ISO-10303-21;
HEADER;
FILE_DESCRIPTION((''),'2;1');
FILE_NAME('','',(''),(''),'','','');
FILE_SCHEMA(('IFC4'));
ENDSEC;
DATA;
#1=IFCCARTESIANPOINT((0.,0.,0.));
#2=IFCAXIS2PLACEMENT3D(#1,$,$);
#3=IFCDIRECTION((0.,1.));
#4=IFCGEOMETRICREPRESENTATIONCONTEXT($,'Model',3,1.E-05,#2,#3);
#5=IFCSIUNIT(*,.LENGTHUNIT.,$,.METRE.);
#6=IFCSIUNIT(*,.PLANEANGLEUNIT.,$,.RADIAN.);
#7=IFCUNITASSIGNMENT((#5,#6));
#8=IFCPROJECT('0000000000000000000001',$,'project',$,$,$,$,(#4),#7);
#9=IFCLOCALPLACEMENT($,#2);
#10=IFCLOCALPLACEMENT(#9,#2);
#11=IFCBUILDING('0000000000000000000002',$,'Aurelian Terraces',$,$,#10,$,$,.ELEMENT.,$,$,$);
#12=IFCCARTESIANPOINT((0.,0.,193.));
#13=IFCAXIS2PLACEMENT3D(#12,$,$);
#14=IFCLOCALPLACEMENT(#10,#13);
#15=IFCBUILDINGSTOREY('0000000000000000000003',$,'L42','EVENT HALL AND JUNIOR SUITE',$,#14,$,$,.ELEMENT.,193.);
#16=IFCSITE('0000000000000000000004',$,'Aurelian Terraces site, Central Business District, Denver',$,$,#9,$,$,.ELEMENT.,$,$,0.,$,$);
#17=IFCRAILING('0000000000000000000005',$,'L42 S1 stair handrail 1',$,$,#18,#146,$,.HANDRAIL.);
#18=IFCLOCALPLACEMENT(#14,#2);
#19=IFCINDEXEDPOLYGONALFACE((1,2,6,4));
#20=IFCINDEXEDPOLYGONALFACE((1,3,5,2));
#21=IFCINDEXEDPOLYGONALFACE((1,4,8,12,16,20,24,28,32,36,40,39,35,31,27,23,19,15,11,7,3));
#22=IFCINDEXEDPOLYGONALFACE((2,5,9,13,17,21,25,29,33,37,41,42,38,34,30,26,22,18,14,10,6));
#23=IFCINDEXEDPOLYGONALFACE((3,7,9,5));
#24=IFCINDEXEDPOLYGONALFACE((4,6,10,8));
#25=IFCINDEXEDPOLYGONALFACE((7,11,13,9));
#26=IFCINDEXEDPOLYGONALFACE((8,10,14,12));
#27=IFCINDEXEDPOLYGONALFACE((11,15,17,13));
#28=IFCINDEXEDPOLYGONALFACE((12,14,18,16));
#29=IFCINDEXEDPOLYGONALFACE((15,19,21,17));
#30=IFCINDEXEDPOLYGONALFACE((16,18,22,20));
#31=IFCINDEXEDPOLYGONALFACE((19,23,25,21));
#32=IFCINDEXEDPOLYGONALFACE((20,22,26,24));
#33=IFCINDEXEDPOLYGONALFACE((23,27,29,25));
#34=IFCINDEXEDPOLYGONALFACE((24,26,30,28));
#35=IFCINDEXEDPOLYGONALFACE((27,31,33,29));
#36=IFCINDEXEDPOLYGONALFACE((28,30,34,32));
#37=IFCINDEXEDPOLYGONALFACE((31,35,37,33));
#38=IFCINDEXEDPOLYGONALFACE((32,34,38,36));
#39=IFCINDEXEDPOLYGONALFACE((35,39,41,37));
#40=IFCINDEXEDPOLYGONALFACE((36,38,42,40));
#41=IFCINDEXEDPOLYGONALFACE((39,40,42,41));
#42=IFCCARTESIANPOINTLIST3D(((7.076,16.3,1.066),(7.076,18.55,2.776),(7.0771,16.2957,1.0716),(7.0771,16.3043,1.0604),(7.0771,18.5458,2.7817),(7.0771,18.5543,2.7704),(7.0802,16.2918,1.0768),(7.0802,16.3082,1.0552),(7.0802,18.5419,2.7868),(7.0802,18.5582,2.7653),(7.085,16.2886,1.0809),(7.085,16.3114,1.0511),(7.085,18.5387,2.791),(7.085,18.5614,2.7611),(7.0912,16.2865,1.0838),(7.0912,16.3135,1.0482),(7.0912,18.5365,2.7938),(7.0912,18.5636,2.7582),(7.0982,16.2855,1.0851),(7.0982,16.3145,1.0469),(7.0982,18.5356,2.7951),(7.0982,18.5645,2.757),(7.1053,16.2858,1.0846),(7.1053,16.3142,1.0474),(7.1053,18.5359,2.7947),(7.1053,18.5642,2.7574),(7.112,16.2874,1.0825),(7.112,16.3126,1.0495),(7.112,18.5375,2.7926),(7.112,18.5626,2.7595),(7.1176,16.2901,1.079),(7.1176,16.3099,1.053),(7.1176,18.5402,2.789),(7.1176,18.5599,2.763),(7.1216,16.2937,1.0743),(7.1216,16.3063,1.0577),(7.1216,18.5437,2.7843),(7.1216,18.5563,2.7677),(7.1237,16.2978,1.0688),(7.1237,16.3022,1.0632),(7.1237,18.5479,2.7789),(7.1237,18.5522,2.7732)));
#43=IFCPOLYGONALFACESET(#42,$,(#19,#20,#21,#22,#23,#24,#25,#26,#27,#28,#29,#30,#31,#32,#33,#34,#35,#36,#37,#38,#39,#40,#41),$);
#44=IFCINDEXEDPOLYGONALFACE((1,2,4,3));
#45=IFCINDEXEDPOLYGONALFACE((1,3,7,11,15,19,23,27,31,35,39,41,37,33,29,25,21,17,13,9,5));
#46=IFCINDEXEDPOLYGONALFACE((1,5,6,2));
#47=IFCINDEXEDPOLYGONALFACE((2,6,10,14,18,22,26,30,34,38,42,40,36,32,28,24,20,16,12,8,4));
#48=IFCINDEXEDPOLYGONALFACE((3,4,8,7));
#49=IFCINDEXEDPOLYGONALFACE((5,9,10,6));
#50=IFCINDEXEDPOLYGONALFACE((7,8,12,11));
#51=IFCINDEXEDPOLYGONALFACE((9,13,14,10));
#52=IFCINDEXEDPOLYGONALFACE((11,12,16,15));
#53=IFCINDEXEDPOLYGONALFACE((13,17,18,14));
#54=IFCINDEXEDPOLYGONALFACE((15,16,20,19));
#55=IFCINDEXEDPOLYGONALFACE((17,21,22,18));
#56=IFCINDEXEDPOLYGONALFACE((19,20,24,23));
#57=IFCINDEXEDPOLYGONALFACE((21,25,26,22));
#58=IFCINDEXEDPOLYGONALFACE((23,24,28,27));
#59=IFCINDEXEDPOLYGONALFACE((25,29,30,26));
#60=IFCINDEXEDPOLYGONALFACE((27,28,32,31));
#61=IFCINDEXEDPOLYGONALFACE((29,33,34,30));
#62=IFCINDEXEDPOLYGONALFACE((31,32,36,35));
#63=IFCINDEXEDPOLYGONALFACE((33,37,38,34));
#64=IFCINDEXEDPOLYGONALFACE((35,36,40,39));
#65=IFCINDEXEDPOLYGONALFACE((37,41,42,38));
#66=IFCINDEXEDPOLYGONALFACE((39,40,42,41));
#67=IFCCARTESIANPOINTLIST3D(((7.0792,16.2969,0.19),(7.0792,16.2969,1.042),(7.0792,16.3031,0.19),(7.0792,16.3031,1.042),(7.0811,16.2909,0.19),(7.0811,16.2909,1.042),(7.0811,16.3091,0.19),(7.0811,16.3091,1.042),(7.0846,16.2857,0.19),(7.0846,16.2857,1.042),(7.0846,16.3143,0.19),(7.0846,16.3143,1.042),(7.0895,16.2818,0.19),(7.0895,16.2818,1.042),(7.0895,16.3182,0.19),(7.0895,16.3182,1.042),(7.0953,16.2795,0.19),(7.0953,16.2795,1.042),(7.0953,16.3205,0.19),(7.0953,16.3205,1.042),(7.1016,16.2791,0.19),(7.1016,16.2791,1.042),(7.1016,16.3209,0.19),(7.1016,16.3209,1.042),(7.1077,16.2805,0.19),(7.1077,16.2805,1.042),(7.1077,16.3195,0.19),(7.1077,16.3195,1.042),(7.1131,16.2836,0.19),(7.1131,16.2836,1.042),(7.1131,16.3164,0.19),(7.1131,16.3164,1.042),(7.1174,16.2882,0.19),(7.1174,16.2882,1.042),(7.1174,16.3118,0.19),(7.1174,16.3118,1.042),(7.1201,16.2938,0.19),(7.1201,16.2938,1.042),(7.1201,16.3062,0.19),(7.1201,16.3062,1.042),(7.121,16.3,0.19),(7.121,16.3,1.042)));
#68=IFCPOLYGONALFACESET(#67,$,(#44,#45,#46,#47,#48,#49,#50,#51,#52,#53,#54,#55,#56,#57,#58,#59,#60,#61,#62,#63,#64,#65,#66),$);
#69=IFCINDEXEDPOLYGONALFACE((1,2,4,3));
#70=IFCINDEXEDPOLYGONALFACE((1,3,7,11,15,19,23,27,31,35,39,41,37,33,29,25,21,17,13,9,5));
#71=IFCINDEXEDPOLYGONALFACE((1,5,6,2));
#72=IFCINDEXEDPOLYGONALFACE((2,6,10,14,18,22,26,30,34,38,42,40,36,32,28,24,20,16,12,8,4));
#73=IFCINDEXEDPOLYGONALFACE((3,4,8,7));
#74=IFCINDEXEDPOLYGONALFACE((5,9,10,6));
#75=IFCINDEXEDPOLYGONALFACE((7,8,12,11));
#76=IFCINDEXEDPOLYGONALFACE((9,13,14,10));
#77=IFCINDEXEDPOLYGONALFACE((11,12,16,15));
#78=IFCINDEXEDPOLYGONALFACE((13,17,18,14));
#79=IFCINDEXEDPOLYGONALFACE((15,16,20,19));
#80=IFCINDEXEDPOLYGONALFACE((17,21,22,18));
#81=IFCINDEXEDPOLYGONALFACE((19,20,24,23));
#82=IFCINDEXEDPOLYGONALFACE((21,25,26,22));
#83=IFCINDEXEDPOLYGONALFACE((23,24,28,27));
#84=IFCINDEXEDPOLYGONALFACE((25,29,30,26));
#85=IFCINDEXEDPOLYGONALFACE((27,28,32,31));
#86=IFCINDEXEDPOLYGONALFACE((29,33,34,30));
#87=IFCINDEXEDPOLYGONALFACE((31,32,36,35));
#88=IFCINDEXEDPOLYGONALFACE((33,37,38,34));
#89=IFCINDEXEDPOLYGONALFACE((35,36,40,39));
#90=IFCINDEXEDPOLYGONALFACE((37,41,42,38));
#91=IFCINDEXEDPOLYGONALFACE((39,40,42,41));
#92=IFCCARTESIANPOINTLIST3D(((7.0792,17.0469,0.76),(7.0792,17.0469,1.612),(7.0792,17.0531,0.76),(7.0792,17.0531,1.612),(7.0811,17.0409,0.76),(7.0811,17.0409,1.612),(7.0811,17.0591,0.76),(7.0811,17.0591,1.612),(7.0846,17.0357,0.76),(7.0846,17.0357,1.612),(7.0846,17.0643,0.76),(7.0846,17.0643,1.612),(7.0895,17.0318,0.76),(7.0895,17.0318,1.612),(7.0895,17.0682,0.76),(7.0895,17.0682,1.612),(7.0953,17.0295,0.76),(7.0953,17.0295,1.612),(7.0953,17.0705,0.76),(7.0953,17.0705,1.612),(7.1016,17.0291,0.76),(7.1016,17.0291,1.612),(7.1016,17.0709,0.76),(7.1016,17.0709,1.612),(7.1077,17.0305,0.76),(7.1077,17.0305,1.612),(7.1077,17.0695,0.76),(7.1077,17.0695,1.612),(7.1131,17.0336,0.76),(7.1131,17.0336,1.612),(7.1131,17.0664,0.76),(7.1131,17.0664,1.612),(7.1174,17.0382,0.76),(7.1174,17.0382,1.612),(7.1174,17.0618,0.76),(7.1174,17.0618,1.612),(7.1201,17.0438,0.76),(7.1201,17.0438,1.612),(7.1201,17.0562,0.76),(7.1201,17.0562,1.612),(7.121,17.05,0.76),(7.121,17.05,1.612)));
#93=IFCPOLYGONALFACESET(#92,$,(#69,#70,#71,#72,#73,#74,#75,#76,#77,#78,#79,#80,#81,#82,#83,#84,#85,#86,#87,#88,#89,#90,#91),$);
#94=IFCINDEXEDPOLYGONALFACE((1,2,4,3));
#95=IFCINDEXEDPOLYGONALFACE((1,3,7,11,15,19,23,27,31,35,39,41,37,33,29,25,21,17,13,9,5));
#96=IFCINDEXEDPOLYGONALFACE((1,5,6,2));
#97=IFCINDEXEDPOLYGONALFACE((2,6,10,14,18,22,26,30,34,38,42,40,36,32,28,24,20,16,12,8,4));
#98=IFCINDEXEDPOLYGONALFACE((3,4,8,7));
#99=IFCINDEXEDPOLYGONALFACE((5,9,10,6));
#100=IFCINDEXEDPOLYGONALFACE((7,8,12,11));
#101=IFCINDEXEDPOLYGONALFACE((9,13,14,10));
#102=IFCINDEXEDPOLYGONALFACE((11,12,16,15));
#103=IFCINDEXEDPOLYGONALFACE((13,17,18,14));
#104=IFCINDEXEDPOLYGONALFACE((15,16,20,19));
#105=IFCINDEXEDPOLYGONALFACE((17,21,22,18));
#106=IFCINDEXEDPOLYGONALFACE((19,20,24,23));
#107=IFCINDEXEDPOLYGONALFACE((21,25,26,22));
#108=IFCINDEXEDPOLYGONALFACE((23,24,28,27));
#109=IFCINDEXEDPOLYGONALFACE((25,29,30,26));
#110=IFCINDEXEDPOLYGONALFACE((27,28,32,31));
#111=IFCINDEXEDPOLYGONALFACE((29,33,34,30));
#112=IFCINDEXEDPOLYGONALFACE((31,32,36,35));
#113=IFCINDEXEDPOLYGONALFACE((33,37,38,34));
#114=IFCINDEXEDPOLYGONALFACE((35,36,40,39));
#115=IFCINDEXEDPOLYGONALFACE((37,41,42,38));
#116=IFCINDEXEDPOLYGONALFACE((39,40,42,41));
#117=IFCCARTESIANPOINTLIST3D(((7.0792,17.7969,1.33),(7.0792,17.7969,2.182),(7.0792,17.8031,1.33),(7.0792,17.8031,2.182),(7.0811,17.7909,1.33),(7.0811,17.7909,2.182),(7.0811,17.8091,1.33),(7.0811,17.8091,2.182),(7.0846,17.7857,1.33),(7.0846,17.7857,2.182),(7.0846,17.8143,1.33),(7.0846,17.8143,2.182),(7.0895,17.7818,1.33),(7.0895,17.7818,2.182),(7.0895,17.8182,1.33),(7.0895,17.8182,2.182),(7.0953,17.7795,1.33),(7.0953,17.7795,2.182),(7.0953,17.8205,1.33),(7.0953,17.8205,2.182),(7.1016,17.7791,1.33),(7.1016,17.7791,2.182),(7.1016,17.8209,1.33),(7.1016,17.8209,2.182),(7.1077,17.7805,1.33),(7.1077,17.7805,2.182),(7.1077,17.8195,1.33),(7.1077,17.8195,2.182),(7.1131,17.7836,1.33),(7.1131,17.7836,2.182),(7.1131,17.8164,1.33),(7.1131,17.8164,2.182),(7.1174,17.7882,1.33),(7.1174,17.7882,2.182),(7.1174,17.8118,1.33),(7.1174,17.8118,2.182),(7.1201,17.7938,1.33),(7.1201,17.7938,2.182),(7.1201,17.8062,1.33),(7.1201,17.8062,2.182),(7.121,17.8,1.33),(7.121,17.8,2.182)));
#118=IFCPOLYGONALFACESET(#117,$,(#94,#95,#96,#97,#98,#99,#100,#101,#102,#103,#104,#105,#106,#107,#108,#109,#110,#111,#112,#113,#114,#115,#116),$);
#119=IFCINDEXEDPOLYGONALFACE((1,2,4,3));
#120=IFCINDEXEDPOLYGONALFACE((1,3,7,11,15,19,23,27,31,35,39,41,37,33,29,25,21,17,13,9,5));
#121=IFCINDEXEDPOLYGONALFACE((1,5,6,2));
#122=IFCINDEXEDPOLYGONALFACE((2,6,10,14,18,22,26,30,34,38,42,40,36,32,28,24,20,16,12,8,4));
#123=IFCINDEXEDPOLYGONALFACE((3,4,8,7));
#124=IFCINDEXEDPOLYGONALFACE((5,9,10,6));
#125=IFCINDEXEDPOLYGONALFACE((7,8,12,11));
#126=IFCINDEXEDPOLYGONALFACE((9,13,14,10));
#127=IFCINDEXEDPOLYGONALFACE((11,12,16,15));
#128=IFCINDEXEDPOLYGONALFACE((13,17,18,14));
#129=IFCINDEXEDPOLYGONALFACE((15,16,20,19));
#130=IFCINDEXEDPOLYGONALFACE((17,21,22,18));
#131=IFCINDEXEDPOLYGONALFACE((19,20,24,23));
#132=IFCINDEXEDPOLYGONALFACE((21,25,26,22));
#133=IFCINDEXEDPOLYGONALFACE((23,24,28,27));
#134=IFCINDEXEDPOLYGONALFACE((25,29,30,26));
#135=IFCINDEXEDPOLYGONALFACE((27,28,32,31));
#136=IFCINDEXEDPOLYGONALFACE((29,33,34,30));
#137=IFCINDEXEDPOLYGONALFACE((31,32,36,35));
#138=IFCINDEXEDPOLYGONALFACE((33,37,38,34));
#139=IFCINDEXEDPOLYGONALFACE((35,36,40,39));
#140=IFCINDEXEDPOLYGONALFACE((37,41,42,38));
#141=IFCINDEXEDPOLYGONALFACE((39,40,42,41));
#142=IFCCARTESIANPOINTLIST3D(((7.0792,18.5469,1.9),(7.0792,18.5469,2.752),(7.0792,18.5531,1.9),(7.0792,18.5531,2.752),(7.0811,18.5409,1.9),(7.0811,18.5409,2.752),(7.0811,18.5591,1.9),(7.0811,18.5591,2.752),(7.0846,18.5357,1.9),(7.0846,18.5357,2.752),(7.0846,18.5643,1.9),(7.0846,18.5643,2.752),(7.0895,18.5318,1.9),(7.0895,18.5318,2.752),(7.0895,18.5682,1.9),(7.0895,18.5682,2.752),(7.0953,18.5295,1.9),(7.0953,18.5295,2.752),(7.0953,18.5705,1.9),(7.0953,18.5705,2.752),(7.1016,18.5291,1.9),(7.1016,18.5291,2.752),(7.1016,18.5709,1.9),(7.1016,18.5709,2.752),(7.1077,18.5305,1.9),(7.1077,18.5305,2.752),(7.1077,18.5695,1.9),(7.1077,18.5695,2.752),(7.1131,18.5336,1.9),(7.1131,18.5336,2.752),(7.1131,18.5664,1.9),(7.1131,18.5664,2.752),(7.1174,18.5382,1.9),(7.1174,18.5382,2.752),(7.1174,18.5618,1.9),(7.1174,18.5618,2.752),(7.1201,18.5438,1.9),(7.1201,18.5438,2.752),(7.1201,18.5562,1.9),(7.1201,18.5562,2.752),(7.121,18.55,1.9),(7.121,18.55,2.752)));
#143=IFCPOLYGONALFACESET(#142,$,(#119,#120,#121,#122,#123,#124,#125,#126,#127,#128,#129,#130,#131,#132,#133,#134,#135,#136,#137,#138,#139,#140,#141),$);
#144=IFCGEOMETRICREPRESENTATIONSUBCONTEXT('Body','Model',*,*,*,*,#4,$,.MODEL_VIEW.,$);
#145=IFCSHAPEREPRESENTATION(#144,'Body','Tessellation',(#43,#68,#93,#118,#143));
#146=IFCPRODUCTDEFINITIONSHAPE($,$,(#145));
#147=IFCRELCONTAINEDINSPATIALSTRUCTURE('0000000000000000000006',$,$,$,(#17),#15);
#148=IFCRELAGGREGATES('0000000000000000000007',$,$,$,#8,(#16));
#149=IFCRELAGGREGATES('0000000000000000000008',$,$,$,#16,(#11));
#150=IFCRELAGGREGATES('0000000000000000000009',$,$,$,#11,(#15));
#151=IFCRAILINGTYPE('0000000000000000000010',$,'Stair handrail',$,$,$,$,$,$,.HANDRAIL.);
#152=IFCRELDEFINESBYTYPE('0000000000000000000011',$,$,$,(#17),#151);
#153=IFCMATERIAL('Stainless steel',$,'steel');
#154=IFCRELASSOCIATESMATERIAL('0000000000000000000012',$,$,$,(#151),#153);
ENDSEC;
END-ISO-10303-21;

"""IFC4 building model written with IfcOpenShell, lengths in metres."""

from ifc_helpers import new_model, si_unit, direction, frame, origin, origin_2d, place, context, subcontext, project, spatial, circle, extrude, source, transform, mapped, material, type_object, element, save


model = new_model("IFC4")

# Units and contexts
model_context = context("Model", 3, precision=1e-05, world=origin(), true_north=direction((0.0, 1.0)))
body_context = subcontext(model_context, "Body", "Model", "MODEL_VIEW")
ifc_project = project(units=[si_unit("LENGTHUNIT", "METRE"), si_unit("PLANEANGLEUNIT", "RADIAN")], contexts=[model_context])

# Site, building, storey
site_placement = place(None, origin())
site = spatial("IfcSite", under=ifc_project, at=site_placement, Name="Aurelian Terraces site, Central Business District, Denver", CompositionType="ELEMENT", RefElevation=0.0)
building_placement = place(site_placement, origin())
building = spatial("IfcBuilding", under=site, at=building_placement, Name="Aurelian Terraces", CompositionType="ELEMENT")
storey_placement = place(building_placement, frame((0.0, 0.0, 193.0)))
storey = spatial("IfcBuildingStorey", under=building, at=storey_placement, Name="L42", Description="EVENT HALL AND JUNIOR SUITE", CompositionType="ELEMENT", Elevation=193.0)

# Railing
ifc_material_1 = material(Name="Stainless steel", Category="steel")
railing_type_1 = type_object("IfcRailingType", Name="Stair handrail", PredefinedType="HANDRAIL", material=ifc_material_1)
shared_shape_1 = source(origin(), body_context, "Body", "SweptSolid", [
    extrude(circle(Radius=0.024, at=origin_2d()), frame((0.0, 0.0, 0.876), z_axis=(0.0, 0.796162, 0.605083), x_axis=(-1.0, 0.0, 0.0)), (0.0, 0.0, 1.0), 2.8261),
    extrude(circle(Radius=0.021, at=origin_2d()), origin(), (0.0, 0.0, 1.0), 0.852),
    extrude(circle(Radius=0.021, at=origin_2d()), frame((0.0, 0.75, 0.57)), (0.0, 0.0, 1.0), 0.852),
    extrude(circle(Radius=0.021, at=origin_2d()), frame((0.0, 1.5, 1.14)), (0.0, 0.0, 1.0), 0.852),
    extrude(circle(Radius=0.021, at=origin_2d()), frame((0.0, 2.25, 1.71)), (0.0, 0.0, 1.0), 0.852),
])
railing_1_placement = place(storey_placement, frame((7.1, 16.3, 0.19)))
element("IfcRailing", 1, at=railing_1_placement, inside=storey, type_object=railing_type_1, Name="L42 S1 stair handrail 1", PredefinedType="HANDRAIL", context=body_context, shape_type="MappedRepresentation", body=[
    mapped(shared_shape_1, transform((0.0, 0.0, 0.0), scale=1.0)),
])

save(model, "model.ifc")
